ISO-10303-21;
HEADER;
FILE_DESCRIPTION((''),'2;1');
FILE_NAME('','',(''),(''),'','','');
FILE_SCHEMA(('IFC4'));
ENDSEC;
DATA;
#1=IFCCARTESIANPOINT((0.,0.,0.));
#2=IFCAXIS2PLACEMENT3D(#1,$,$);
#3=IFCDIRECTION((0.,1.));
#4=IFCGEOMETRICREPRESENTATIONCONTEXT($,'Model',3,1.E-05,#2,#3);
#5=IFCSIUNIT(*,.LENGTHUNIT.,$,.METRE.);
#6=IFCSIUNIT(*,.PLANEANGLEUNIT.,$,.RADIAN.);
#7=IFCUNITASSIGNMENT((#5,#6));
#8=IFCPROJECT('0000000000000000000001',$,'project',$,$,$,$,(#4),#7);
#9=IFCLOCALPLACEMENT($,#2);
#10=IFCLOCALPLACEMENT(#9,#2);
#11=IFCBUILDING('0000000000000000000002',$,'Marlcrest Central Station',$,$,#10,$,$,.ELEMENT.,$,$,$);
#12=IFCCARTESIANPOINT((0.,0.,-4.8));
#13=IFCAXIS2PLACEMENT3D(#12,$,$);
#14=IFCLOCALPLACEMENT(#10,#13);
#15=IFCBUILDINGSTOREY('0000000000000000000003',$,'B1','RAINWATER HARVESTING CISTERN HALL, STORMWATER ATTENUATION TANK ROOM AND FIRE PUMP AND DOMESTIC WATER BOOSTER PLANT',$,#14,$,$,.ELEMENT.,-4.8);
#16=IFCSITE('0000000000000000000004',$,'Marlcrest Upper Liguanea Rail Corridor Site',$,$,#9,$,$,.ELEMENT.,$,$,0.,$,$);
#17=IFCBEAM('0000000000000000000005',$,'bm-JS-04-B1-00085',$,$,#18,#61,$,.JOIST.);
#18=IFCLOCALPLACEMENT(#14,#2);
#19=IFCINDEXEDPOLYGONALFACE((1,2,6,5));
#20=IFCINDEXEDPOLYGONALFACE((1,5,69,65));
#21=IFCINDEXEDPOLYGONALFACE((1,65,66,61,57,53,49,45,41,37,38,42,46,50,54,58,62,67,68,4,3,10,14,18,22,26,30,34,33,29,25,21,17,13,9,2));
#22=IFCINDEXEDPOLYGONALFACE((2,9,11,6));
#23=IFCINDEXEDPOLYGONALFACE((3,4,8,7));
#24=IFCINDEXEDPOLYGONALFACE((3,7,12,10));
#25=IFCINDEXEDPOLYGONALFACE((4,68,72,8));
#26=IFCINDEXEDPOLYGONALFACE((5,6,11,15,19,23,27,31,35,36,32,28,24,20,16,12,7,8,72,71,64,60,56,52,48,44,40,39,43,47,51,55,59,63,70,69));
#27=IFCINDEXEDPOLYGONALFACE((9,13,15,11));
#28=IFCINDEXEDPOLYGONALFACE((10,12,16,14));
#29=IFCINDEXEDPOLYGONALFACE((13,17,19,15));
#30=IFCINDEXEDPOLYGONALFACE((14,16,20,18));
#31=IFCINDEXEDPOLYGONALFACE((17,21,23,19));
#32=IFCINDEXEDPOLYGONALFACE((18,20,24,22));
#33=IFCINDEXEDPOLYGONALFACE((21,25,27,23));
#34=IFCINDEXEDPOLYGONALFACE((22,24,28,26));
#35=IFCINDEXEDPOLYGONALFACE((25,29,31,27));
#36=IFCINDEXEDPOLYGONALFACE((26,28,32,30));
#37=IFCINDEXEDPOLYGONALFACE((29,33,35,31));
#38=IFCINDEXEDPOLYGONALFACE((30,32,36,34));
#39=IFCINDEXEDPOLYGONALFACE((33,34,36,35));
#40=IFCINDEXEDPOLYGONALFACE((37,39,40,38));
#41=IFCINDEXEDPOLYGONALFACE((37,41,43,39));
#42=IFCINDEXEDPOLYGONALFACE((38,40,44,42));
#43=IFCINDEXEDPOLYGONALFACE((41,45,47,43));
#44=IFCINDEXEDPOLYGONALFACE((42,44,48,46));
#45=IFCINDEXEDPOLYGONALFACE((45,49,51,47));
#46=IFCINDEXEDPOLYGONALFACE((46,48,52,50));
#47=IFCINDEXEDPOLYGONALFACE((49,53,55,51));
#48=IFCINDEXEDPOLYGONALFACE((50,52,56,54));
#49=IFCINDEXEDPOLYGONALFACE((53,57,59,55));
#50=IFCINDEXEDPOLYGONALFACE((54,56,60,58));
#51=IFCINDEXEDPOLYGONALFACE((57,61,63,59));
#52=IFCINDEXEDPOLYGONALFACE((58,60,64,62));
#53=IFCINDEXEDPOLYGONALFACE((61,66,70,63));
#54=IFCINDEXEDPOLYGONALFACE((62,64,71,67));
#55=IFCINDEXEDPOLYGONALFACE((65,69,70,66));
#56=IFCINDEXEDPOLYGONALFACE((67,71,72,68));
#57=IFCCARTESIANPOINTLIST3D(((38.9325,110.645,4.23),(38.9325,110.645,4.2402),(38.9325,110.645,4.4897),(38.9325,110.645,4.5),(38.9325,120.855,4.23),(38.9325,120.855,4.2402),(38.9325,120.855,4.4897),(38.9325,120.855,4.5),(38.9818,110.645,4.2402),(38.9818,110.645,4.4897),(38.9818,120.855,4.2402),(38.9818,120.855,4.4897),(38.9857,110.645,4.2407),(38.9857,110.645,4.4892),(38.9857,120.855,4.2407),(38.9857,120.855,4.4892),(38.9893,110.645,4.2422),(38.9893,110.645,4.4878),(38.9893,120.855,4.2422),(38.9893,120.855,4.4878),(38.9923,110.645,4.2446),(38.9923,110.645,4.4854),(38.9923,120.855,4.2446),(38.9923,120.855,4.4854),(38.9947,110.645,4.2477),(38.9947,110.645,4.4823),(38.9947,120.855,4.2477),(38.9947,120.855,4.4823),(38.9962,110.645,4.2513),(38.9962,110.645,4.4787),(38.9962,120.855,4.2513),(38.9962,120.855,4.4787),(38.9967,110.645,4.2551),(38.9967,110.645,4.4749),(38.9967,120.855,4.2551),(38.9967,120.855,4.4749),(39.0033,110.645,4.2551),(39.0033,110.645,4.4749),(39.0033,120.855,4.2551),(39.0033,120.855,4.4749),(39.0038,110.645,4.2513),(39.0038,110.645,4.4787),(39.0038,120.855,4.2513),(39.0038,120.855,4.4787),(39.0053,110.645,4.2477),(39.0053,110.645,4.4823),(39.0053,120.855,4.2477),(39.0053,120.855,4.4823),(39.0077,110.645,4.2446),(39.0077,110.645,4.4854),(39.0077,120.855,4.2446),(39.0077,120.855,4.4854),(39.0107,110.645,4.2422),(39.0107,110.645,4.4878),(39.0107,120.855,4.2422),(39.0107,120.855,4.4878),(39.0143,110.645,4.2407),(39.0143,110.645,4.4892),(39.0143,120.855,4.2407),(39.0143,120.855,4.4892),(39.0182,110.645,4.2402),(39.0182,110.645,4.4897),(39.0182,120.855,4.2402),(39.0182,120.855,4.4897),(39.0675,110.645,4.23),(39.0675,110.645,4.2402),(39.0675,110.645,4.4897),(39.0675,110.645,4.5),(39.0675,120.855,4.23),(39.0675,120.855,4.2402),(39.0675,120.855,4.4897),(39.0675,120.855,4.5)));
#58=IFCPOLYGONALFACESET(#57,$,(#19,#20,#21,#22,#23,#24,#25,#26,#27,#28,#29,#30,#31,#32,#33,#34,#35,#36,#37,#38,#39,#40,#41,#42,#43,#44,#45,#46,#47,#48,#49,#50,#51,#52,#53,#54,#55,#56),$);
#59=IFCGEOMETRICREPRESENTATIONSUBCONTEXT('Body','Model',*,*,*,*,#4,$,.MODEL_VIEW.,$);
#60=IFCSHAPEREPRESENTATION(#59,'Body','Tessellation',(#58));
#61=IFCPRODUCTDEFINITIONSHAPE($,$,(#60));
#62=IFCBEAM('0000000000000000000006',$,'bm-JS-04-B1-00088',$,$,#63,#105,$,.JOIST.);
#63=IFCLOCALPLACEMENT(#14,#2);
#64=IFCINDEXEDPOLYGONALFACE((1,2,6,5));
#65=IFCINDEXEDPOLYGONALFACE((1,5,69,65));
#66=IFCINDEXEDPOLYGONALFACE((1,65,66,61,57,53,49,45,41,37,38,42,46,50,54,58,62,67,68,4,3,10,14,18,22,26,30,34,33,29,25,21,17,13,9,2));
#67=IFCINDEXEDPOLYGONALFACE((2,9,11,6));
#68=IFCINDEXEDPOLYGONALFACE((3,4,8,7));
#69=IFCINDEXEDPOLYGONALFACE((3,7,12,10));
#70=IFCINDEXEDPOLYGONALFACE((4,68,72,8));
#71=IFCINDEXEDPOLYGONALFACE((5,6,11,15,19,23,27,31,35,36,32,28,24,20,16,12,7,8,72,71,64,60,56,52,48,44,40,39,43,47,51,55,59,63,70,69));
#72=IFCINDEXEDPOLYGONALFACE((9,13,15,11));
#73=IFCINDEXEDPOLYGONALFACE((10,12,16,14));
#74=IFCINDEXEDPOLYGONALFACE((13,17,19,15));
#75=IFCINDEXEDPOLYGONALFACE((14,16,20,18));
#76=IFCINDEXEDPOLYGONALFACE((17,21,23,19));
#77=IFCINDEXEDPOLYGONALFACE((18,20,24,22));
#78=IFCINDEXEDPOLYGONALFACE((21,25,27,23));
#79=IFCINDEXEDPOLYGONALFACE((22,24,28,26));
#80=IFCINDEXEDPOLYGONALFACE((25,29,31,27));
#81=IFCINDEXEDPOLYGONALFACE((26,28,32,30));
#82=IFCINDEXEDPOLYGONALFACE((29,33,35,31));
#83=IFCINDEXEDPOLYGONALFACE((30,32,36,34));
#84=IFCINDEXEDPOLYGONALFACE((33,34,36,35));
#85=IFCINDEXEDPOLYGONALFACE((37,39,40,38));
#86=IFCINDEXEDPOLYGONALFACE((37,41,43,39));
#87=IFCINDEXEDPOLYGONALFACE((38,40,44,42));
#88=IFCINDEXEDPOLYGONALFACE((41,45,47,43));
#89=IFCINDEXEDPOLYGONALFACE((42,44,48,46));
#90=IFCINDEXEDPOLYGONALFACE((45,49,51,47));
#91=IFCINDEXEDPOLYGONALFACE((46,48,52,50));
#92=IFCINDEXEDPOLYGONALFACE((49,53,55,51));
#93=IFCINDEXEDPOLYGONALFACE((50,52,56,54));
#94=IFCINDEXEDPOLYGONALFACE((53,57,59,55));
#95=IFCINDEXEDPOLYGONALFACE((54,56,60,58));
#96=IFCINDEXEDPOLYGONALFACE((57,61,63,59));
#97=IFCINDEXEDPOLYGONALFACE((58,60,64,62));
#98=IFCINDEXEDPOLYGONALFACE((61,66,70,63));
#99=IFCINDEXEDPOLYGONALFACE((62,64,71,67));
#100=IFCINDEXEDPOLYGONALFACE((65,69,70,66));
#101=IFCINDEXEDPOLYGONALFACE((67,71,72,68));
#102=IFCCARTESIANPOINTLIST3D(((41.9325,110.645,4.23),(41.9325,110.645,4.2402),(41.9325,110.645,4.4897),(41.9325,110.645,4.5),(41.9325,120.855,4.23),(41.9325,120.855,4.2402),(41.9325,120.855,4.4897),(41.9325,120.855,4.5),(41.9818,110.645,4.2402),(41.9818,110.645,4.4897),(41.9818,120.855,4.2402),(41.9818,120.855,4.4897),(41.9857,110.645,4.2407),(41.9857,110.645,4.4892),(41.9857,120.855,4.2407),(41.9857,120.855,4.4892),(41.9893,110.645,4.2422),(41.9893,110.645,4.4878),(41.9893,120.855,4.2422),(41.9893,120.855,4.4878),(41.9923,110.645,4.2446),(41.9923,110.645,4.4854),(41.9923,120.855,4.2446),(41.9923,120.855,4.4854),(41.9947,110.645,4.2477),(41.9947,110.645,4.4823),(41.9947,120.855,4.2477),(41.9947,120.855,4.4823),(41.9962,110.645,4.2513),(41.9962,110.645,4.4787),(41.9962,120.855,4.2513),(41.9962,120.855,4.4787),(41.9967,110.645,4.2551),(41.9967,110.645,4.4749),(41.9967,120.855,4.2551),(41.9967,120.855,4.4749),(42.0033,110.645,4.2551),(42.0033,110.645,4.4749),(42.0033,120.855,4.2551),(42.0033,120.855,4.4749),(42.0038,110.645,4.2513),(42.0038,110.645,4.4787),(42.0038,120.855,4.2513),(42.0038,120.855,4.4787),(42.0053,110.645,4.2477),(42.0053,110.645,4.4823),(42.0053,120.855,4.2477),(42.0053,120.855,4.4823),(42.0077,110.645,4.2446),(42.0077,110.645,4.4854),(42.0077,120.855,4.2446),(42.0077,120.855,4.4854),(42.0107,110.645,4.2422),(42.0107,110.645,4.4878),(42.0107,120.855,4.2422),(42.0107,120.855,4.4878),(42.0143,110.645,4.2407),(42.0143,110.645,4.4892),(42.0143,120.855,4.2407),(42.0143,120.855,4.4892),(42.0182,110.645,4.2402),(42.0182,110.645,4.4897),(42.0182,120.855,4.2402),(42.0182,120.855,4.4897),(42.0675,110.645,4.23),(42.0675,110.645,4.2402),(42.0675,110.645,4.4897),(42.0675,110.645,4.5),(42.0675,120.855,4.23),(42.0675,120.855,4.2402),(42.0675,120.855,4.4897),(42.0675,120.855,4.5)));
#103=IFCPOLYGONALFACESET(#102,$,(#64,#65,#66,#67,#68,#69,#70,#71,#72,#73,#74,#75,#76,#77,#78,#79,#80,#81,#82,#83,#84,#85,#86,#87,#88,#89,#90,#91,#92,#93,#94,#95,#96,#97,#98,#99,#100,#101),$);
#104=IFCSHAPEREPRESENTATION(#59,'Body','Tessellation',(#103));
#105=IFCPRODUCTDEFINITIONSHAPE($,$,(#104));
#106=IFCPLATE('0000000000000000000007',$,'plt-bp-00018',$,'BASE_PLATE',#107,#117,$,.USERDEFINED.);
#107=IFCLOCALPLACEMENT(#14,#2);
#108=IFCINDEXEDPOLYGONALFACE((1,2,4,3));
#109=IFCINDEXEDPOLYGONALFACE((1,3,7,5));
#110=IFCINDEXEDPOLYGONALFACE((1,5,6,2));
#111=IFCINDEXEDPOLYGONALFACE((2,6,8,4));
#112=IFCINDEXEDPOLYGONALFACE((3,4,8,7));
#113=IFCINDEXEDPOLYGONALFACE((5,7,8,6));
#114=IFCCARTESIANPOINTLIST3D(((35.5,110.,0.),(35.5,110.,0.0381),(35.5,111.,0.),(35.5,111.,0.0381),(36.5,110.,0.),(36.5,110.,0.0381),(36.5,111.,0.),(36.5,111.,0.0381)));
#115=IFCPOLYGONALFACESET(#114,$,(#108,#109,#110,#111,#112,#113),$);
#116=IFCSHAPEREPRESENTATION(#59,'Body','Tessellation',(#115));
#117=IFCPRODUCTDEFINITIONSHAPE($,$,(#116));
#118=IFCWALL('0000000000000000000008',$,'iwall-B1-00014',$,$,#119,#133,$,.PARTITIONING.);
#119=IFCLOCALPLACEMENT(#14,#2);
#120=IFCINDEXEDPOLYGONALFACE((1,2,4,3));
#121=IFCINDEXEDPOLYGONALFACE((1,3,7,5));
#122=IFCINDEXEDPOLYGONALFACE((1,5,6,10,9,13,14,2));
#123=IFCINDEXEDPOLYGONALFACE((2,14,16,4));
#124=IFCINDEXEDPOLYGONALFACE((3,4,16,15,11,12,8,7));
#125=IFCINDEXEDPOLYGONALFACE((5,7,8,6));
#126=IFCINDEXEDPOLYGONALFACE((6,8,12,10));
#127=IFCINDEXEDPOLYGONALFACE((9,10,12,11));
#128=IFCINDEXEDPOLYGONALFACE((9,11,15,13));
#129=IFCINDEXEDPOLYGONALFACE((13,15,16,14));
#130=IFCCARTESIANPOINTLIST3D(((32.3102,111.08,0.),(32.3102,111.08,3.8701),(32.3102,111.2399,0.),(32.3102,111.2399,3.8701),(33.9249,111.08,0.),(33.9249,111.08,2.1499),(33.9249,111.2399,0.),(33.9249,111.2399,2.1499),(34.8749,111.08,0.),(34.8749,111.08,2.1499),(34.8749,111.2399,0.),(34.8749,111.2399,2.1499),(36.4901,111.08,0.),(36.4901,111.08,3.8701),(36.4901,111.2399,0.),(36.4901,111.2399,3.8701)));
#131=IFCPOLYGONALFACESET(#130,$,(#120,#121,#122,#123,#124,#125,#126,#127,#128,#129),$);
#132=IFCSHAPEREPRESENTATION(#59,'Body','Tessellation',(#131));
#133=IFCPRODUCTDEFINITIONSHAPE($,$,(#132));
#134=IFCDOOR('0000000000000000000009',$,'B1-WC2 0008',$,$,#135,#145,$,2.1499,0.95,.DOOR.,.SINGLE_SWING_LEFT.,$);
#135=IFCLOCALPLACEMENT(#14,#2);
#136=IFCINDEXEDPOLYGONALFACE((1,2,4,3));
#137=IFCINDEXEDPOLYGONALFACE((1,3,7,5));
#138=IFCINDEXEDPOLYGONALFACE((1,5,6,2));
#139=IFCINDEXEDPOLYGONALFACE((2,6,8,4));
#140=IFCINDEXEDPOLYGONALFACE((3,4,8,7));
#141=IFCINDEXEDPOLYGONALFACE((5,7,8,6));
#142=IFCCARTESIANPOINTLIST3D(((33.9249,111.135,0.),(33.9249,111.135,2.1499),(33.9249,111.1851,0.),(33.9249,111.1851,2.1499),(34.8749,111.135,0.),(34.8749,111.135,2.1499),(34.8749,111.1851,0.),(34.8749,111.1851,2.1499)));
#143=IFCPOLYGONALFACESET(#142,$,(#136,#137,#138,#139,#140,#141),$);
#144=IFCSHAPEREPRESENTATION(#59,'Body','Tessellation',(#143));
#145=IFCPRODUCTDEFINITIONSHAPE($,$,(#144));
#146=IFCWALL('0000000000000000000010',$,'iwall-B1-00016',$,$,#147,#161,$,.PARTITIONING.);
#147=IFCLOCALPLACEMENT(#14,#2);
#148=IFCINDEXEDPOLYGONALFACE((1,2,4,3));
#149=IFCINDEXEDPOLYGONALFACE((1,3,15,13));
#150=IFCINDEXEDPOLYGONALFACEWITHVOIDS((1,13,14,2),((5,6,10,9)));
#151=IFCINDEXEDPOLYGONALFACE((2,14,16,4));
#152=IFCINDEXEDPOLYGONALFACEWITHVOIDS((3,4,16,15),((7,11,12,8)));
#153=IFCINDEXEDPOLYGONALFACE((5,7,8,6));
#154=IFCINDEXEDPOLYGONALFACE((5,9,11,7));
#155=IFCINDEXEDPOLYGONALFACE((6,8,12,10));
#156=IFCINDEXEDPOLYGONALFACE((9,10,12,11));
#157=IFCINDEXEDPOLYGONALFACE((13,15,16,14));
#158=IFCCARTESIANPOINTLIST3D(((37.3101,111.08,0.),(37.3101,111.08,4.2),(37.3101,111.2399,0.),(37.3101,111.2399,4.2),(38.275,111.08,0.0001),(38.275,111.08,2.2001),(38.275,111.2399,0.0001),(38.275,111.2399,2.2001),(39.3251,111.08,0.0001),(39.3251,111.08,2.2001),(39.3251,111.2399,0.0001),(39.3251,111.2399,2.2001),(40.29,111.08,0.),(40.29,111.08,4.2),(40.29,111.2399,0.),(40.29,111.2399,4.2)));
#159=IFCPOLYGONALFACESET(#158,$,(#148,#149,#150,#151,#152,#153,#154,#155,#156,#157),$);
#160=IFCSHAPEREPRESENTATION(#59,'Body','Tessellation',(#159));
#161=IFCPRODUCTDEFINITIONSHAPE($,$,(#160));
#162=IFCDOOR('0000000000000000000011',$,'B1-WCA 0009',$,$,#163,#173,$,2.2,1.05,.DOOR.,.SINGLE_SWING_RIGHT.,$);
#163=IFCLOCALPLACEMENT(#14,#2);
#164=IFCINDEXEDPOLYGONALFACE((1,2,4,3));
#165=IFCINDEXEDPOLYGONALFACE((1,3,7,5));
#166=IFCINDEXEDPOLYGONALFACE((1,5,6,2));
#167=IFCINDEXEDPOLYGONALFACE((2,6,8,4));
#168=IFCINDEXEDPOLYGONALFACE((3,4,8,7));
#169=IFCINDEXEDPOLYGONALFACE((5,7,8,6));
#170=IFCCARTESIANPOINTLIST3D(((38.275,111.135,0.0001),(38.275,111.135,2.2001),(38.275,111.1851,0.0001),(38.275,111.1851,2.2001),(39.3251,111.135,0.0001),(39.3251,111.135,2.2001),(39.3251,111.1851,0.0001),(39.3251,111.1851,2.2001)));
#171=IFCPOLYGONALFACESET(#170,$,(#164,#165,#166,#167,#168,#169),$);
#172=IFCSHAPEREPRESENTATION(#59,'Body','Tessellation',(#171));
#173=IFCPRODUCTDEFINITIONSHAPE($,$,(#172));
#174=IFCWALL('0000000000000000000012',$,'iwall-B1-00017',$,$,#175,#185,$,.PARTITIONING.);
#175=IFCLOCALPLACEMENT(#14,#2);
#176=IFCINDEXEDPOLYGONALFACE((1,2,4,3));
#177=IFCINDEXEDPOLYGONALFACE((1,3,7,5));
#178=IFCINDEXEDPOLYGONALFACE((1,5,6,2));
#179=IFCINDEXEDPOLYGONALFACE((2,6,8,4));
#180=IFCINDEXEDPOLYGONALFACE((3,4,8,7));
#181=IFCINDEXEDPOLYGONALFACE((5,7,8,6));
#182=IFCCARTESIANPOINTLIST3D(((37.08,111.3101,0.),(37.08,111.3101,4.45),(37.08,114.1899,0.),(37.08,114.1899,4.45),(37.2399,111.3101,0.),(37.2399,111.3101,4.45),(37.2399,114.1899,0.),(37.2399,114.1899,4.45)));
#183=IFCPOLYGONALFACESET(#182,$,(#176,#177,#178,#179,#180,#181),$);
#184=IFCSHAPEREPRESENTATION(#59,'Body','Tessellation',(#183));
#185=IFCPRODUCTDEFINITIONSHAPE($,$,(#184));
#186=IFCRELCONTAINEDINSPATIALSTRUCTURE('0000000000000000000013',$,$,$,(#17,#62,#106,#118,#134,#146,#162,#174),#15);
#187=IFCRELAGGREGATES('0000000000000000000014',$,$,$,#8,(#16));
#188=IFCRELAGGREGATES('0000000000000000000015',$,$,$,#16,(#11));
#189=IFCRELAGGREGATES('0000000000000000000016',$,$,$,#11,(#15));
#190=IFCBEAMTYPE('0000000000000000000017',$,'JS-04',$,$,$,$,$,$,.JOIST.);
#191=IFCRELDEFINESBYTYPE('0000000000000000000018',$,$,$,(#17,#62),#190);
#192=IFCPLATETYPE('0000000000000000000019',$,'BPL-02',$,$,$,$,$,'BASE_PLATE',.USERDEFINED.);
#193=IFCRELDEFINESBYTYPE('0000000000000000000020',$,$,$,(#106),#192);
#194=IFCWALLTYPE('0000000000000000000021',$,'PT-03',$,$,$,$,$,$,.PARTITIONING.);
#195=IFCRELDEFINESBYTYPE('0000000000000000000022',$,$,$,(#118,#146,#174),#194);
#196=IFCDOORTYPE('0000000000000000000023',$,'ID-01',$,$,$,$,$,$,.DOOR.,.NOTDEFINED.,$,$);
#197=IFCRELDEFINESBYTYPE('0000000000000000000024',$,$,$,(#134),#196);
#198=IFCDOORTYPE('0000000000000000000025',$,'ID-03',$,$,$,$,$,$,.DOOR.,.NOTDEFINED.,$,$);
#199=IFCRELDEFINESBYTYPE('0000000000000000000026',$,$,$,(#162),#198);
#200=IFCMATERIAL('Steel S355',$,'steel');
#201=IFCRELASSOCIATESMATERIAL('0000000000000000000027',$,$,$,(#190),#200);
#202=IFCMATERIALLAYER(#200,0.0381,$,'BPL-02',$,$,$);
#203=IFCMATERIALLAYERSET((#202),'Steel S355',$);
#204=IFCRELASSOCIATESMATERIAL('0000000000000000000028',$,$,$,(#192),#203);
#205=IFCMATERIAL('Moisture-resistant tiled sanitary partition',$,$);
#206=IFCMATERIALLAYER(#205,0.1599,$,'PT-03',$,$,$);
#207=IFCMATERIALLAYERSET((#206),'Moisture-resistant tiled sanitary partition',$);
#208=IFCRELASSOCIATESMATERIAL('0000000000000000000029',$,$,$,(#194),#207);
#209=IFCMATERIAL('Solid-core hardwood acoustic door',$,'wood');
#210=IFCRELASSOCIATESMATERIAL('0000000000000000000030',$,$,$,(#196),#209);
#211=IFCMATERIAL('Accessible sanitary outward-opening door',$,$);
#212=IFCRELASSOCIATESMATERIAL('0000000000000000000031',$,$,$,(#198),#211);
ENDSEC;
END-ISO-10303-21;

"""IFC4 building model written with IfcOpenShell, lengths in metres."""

from ifc_helpers import new_model, si_unit, direction, frame, frame_2d, origin, origin_2d, place, context, subcontext, project, spatial, rectangle, i_section, extrude, material, layer, layer_set, material_profile, profile_set, type_object, element, fill, save


model = new_model("IFC4")

# Units and contexts
model_context = context("Model", 3, precision=1e-05, world=origin(), true_north=direction((0.0, 1.0)))
body_context = subcontext(model_context, "Body", "Model", "MODEL_VIEW")
ifc_project = project(units=[si_unit("LENGTHUNIT", "METRE"), si_unit("PLANEANGLEUNIT", "RADIAN")], contexts=[model_context])

# Site, building, storey
site_placement = place(None, origin())
site = spatial("IfcSite", under=ifc_project, at=site_placement, Name="Marlcrest Upper Liguanea Rail Corridor Site", CompositionType="ELEMENT", RefElevation=0.0)
building_placement = place(site_placement, origin())
building = spatial("IfcBuilding", under=site, at=building_placement, Name="Marlcrest Central Station", CompositionType="ELEMENT")
storey_placement = place(building_placement, frame((0.0, 0.0, -4.8)))
storey = spatial("IfcBuildingStorey", under=building, at=storey_placement, Name="B1", Description="RAINWATER HARVESTING CISTERN HALL, STORMWATER ATTENUATION TANK ROOM AND FIRE PUMP AND DOMESTIC WATER BOOSTER PLANT", CompositionType="ELEMENT", Elevation=-4.8)

# Shared definitions
ifc_material_1 = material(Name="Steel S355", Category="steel")

# Beams
ifc_material_profile_1 = material_profile(ifc_material_1, i_section(OverallWidth=0.135, OverallDepth=0.27, WebThickness=0.0066, FlangeThickness=0.0103, FilletRadius=0.0149, at=origin_2d()), Name="IPE 270")
ifc_profile_set_1 = profile_set([ifc_material_profile_1], Name="Steel S355")
beam_type_1 = type_object("IfcBeamType", Name="JS-04", PredefinedType="JOIST", material=ifc_profile_set_1)
for number, where, z_axis, x_axis, name in (
    (1, (39.0, 110.645, 4.365), (0.0, 1.0, 0.0), (-1.0, 0.0, 0.0), "bm-JS-04-B1-00085"),
    (2, (42.0, 110.645, 4.365), (0.0, 1.0, 0.0), (-1.0, 0.0, 0.0), "bm-JS-04-B1-00088"),
):
    element("IfcBeam", number, at=place(storey_placement, frame(where, z_axis=z_axis, x_axis=x_axis)), inside=storey, type_object=beam_type_1, Name=name, PredefinedType="JOIST", context=body_context, shape_type="SweptSolid", body=[
        extrude(i_section(OverallWidth=0.135, OverallDepth=0.27, WebThickness=0.0066, FlangeThickness=0.0103, FilletRadius=0.0149, at=origin_2d()), origin(), (0.0, 0.0, 1.0), 10.21),
    ])

# Plate
ifc_layer_1 = layer(ifc_material_1, 0.0381, Name="BPL-02")
ifc_layer_set_1 = layer_set([ifc_layer_1], Name="Steel S355")
plate_type = type_object("IfcPlateType", Name="BPL-02", ElementType="BASE_PLATE", PredefinedType="USERDEFINED", material=ifc_layer_set_1)
plate_placement = place(storey_placement, frame((36.0, 110.5, 0.0), z_axis=(0.0, 0.0, 1.0), x_axis=(1.0, 0.0, 0.0)))
element("IfcPlate", 3, at=plate_placement, inside=storey, type_object=plate_type, Name="plt-bp-00018", ObjectType="BASE_PLATE", PredefinedType="USERDEFINED", context=body_context, shape_type="SweptSolid", body=[
    extrude(rectangle(XDim=1.0, YDim=1.0, at=origin_2d()), origin(), (0.0, 0.0, 1.0), 0.0381),
])

# Walls, openings, doors
ifc_material_2 = material(Name="Moisture-resistant tiled sanitary partition")
ifc_layer_2 = layer(ifc_material_2, 0.1599, Name="PT-03")
ifc_layer_set_2 = layer_set([ifc_layer_2], Name="Moisture-resistant tiled sanitary partition")
wall_type_1 = type_object("IfcWallType", Name="PT-03", PredefinedType="PARTITIONING", material=ifc_layer_set_2)
wall_1_placement = place(storey_placement, frame((36.49, 111.1599, 0.0), z_axis=(0.0, 0.0, 1.0), x_axis=(-1.0, 0.0, 0.0)))
wall_1 = element("IfcWall", 4, at=wall_1_placement, inside=storey, type_object=wall_type_1, Name="iwall-B1-00014", PredefinedType="PARTITIONING", context=body_context, shape_type="SweptSolid", body=[
    extrude(rectangle(XDim=4.1799, YDim=0.1599, at=frame_2d((2.0898, 0.0))), origin(), (0.0, 0.0, 1.0), 3.8701),
])
opening_1_placement = place(wall_1_placement, frame((1.615, 0.0, 0.0)))
opening_1 = element("IfcOpeningElement", 5, at=opening_1_placement, cuts=wall_1, PredefinedType="OPENING", context=body_context, shape_type="SweptSolid", body=[
    extrude(rectangle(XDim=0.95, YDim=2.1499, at=frame_2d((0.4751, 1.075))), frame((0.0, 0.0898, 0.0), z_axis=(0.0, -1.0, 0.0), x_axis=(1.0, 0.0, 0.0)), (0.0, 0.0, 1.0), 0.1799),
])
ifc_material_3 = material(Name="Solid-core hardwood acoustic door", Category="wood")
door_type_1 = type_object("IfcDoorType", Name="ID-01", OperationType="NOTDEFINED", PredefinedType="DOOR", material=ifc_material_3)
door_1_placement = place(opening_1_placement, origin())
door_1 = element("IfcDoor", 6, at=door_1_placement, inside=storey, type_object=door_type_1, Name="B1-WC2 0008", OperationType="SINGLE_SWING_LEFT", OverallHeight=2.1499, OverallWidth=0.95, PredefinedType="DOOR", context=body_context, shape_type="SweptSolid", body=[
    extrude(rectangle(XDim=0.95, YDim=2.1499, at=frame_2d((0.4751, 1.075))), frame((0.0, 0.0249, 0.0), z_axis=(0.0, -1.0, 0.0), x_axis=(1.0, 0.0, 0.0)), (0.0, 0.0, 1.0), 0.05),
])
fill(opening_1, door_1)
wall_2_placement = place(storey_placement, frame((40.29, 111.1599, 0.0), z_axis=(0.0, 0.0, 1.0), x_axis=(-1.0, 0.0, 0.0)))
wall_2 = element("IfcWall", 7, at=wall_2_placement, inside=storey, type_object=wall_type_1, Name="iwall-B1-00016", PredefinedType="PARTITIONING", context=body_context, shape_type="SweptSolid", body=[
    extrude(rectangle(XDim=2.98, YDim=0.1599, at=frame_2d((1.49, 0.0))), origin(), (0.0, 0.0, 1.0), 4.2),
])
opening_2_placement = place(wall_2_placement, frame((0.9651, 0.0, 0.0)))
opening_2 = element("IfcOpeningElement", 8, at=opening_2_placement, cuts=wall_2, PredefinedType="OPENING", context=body_context, shape_type="SweptSolid", body=[
    extrude(rectangle(XDim=1.05, YDim=2.2, at=frame_2d((0.5249, 1.1001))), frame((0.0, 0.0898, 0.0), z_axis=(0.0, -1.0, 0.0), x_axis=(1.0, 0.0, 0.0)), (0.0, 0.0, 1.0), 0.1799),
])
ifc_material_4 = material(Name="Accessible sanitary outward-opening door")
door_type_2 = type_object("IfcDoorType", Name="ID-03", OperationType="NOTDEFINED", PredefinedType="DOOR", material=ifc_material_4)
door_2_placement = place(opening_2_placement, origin())
door_2 = element("IfcDoor", 9, at=door_2_placement, inside=storey, type_object=door_type_2, Name="B1-WCA 0009", OperationType="SINGLE_SWING_RIGHT", OverallHeight=2.2, OverallWidth=1.05, PredefinedType="DOOR", context=body_context, shape_type="SweptSolid", body=[
    extrude(rectangle(XDim=1.05, YDim=2.2, at=frame_2d((0.5249, 1.1001))), frame((0.0, 0.0249, 0.0), z_axis=(0.0, -1.0, 0.0), x_axis=(1.0, 0.0, 0.0)), (0.0, 0.0, 1.0), 0.05),
])
fill(opening_2, door_2)

# Wall
wall_3_placement = place(storey_placement, frame((37.1599, 111.3101, 0.0), z_axis=(0.0, 0.0, 1.0), x_axis=(0.0, 1.0, 0.0)))
element("IfcWall", 10, at=wall_3_placement, inside=storey, type_object=wall_type_1, Name="iwall-B1-00017", PredefinedType="PARTITIONING", context=body_context, shape_type="SweptSolid", body=[
    extrude(rectangle(XDim=2.8799, YDim=0.1599, at=frame_2d((1.4399, 0.0))), origin(), (0.0, 0.0, 1.0), 4.45),
])

save(model, "model.ifc")
